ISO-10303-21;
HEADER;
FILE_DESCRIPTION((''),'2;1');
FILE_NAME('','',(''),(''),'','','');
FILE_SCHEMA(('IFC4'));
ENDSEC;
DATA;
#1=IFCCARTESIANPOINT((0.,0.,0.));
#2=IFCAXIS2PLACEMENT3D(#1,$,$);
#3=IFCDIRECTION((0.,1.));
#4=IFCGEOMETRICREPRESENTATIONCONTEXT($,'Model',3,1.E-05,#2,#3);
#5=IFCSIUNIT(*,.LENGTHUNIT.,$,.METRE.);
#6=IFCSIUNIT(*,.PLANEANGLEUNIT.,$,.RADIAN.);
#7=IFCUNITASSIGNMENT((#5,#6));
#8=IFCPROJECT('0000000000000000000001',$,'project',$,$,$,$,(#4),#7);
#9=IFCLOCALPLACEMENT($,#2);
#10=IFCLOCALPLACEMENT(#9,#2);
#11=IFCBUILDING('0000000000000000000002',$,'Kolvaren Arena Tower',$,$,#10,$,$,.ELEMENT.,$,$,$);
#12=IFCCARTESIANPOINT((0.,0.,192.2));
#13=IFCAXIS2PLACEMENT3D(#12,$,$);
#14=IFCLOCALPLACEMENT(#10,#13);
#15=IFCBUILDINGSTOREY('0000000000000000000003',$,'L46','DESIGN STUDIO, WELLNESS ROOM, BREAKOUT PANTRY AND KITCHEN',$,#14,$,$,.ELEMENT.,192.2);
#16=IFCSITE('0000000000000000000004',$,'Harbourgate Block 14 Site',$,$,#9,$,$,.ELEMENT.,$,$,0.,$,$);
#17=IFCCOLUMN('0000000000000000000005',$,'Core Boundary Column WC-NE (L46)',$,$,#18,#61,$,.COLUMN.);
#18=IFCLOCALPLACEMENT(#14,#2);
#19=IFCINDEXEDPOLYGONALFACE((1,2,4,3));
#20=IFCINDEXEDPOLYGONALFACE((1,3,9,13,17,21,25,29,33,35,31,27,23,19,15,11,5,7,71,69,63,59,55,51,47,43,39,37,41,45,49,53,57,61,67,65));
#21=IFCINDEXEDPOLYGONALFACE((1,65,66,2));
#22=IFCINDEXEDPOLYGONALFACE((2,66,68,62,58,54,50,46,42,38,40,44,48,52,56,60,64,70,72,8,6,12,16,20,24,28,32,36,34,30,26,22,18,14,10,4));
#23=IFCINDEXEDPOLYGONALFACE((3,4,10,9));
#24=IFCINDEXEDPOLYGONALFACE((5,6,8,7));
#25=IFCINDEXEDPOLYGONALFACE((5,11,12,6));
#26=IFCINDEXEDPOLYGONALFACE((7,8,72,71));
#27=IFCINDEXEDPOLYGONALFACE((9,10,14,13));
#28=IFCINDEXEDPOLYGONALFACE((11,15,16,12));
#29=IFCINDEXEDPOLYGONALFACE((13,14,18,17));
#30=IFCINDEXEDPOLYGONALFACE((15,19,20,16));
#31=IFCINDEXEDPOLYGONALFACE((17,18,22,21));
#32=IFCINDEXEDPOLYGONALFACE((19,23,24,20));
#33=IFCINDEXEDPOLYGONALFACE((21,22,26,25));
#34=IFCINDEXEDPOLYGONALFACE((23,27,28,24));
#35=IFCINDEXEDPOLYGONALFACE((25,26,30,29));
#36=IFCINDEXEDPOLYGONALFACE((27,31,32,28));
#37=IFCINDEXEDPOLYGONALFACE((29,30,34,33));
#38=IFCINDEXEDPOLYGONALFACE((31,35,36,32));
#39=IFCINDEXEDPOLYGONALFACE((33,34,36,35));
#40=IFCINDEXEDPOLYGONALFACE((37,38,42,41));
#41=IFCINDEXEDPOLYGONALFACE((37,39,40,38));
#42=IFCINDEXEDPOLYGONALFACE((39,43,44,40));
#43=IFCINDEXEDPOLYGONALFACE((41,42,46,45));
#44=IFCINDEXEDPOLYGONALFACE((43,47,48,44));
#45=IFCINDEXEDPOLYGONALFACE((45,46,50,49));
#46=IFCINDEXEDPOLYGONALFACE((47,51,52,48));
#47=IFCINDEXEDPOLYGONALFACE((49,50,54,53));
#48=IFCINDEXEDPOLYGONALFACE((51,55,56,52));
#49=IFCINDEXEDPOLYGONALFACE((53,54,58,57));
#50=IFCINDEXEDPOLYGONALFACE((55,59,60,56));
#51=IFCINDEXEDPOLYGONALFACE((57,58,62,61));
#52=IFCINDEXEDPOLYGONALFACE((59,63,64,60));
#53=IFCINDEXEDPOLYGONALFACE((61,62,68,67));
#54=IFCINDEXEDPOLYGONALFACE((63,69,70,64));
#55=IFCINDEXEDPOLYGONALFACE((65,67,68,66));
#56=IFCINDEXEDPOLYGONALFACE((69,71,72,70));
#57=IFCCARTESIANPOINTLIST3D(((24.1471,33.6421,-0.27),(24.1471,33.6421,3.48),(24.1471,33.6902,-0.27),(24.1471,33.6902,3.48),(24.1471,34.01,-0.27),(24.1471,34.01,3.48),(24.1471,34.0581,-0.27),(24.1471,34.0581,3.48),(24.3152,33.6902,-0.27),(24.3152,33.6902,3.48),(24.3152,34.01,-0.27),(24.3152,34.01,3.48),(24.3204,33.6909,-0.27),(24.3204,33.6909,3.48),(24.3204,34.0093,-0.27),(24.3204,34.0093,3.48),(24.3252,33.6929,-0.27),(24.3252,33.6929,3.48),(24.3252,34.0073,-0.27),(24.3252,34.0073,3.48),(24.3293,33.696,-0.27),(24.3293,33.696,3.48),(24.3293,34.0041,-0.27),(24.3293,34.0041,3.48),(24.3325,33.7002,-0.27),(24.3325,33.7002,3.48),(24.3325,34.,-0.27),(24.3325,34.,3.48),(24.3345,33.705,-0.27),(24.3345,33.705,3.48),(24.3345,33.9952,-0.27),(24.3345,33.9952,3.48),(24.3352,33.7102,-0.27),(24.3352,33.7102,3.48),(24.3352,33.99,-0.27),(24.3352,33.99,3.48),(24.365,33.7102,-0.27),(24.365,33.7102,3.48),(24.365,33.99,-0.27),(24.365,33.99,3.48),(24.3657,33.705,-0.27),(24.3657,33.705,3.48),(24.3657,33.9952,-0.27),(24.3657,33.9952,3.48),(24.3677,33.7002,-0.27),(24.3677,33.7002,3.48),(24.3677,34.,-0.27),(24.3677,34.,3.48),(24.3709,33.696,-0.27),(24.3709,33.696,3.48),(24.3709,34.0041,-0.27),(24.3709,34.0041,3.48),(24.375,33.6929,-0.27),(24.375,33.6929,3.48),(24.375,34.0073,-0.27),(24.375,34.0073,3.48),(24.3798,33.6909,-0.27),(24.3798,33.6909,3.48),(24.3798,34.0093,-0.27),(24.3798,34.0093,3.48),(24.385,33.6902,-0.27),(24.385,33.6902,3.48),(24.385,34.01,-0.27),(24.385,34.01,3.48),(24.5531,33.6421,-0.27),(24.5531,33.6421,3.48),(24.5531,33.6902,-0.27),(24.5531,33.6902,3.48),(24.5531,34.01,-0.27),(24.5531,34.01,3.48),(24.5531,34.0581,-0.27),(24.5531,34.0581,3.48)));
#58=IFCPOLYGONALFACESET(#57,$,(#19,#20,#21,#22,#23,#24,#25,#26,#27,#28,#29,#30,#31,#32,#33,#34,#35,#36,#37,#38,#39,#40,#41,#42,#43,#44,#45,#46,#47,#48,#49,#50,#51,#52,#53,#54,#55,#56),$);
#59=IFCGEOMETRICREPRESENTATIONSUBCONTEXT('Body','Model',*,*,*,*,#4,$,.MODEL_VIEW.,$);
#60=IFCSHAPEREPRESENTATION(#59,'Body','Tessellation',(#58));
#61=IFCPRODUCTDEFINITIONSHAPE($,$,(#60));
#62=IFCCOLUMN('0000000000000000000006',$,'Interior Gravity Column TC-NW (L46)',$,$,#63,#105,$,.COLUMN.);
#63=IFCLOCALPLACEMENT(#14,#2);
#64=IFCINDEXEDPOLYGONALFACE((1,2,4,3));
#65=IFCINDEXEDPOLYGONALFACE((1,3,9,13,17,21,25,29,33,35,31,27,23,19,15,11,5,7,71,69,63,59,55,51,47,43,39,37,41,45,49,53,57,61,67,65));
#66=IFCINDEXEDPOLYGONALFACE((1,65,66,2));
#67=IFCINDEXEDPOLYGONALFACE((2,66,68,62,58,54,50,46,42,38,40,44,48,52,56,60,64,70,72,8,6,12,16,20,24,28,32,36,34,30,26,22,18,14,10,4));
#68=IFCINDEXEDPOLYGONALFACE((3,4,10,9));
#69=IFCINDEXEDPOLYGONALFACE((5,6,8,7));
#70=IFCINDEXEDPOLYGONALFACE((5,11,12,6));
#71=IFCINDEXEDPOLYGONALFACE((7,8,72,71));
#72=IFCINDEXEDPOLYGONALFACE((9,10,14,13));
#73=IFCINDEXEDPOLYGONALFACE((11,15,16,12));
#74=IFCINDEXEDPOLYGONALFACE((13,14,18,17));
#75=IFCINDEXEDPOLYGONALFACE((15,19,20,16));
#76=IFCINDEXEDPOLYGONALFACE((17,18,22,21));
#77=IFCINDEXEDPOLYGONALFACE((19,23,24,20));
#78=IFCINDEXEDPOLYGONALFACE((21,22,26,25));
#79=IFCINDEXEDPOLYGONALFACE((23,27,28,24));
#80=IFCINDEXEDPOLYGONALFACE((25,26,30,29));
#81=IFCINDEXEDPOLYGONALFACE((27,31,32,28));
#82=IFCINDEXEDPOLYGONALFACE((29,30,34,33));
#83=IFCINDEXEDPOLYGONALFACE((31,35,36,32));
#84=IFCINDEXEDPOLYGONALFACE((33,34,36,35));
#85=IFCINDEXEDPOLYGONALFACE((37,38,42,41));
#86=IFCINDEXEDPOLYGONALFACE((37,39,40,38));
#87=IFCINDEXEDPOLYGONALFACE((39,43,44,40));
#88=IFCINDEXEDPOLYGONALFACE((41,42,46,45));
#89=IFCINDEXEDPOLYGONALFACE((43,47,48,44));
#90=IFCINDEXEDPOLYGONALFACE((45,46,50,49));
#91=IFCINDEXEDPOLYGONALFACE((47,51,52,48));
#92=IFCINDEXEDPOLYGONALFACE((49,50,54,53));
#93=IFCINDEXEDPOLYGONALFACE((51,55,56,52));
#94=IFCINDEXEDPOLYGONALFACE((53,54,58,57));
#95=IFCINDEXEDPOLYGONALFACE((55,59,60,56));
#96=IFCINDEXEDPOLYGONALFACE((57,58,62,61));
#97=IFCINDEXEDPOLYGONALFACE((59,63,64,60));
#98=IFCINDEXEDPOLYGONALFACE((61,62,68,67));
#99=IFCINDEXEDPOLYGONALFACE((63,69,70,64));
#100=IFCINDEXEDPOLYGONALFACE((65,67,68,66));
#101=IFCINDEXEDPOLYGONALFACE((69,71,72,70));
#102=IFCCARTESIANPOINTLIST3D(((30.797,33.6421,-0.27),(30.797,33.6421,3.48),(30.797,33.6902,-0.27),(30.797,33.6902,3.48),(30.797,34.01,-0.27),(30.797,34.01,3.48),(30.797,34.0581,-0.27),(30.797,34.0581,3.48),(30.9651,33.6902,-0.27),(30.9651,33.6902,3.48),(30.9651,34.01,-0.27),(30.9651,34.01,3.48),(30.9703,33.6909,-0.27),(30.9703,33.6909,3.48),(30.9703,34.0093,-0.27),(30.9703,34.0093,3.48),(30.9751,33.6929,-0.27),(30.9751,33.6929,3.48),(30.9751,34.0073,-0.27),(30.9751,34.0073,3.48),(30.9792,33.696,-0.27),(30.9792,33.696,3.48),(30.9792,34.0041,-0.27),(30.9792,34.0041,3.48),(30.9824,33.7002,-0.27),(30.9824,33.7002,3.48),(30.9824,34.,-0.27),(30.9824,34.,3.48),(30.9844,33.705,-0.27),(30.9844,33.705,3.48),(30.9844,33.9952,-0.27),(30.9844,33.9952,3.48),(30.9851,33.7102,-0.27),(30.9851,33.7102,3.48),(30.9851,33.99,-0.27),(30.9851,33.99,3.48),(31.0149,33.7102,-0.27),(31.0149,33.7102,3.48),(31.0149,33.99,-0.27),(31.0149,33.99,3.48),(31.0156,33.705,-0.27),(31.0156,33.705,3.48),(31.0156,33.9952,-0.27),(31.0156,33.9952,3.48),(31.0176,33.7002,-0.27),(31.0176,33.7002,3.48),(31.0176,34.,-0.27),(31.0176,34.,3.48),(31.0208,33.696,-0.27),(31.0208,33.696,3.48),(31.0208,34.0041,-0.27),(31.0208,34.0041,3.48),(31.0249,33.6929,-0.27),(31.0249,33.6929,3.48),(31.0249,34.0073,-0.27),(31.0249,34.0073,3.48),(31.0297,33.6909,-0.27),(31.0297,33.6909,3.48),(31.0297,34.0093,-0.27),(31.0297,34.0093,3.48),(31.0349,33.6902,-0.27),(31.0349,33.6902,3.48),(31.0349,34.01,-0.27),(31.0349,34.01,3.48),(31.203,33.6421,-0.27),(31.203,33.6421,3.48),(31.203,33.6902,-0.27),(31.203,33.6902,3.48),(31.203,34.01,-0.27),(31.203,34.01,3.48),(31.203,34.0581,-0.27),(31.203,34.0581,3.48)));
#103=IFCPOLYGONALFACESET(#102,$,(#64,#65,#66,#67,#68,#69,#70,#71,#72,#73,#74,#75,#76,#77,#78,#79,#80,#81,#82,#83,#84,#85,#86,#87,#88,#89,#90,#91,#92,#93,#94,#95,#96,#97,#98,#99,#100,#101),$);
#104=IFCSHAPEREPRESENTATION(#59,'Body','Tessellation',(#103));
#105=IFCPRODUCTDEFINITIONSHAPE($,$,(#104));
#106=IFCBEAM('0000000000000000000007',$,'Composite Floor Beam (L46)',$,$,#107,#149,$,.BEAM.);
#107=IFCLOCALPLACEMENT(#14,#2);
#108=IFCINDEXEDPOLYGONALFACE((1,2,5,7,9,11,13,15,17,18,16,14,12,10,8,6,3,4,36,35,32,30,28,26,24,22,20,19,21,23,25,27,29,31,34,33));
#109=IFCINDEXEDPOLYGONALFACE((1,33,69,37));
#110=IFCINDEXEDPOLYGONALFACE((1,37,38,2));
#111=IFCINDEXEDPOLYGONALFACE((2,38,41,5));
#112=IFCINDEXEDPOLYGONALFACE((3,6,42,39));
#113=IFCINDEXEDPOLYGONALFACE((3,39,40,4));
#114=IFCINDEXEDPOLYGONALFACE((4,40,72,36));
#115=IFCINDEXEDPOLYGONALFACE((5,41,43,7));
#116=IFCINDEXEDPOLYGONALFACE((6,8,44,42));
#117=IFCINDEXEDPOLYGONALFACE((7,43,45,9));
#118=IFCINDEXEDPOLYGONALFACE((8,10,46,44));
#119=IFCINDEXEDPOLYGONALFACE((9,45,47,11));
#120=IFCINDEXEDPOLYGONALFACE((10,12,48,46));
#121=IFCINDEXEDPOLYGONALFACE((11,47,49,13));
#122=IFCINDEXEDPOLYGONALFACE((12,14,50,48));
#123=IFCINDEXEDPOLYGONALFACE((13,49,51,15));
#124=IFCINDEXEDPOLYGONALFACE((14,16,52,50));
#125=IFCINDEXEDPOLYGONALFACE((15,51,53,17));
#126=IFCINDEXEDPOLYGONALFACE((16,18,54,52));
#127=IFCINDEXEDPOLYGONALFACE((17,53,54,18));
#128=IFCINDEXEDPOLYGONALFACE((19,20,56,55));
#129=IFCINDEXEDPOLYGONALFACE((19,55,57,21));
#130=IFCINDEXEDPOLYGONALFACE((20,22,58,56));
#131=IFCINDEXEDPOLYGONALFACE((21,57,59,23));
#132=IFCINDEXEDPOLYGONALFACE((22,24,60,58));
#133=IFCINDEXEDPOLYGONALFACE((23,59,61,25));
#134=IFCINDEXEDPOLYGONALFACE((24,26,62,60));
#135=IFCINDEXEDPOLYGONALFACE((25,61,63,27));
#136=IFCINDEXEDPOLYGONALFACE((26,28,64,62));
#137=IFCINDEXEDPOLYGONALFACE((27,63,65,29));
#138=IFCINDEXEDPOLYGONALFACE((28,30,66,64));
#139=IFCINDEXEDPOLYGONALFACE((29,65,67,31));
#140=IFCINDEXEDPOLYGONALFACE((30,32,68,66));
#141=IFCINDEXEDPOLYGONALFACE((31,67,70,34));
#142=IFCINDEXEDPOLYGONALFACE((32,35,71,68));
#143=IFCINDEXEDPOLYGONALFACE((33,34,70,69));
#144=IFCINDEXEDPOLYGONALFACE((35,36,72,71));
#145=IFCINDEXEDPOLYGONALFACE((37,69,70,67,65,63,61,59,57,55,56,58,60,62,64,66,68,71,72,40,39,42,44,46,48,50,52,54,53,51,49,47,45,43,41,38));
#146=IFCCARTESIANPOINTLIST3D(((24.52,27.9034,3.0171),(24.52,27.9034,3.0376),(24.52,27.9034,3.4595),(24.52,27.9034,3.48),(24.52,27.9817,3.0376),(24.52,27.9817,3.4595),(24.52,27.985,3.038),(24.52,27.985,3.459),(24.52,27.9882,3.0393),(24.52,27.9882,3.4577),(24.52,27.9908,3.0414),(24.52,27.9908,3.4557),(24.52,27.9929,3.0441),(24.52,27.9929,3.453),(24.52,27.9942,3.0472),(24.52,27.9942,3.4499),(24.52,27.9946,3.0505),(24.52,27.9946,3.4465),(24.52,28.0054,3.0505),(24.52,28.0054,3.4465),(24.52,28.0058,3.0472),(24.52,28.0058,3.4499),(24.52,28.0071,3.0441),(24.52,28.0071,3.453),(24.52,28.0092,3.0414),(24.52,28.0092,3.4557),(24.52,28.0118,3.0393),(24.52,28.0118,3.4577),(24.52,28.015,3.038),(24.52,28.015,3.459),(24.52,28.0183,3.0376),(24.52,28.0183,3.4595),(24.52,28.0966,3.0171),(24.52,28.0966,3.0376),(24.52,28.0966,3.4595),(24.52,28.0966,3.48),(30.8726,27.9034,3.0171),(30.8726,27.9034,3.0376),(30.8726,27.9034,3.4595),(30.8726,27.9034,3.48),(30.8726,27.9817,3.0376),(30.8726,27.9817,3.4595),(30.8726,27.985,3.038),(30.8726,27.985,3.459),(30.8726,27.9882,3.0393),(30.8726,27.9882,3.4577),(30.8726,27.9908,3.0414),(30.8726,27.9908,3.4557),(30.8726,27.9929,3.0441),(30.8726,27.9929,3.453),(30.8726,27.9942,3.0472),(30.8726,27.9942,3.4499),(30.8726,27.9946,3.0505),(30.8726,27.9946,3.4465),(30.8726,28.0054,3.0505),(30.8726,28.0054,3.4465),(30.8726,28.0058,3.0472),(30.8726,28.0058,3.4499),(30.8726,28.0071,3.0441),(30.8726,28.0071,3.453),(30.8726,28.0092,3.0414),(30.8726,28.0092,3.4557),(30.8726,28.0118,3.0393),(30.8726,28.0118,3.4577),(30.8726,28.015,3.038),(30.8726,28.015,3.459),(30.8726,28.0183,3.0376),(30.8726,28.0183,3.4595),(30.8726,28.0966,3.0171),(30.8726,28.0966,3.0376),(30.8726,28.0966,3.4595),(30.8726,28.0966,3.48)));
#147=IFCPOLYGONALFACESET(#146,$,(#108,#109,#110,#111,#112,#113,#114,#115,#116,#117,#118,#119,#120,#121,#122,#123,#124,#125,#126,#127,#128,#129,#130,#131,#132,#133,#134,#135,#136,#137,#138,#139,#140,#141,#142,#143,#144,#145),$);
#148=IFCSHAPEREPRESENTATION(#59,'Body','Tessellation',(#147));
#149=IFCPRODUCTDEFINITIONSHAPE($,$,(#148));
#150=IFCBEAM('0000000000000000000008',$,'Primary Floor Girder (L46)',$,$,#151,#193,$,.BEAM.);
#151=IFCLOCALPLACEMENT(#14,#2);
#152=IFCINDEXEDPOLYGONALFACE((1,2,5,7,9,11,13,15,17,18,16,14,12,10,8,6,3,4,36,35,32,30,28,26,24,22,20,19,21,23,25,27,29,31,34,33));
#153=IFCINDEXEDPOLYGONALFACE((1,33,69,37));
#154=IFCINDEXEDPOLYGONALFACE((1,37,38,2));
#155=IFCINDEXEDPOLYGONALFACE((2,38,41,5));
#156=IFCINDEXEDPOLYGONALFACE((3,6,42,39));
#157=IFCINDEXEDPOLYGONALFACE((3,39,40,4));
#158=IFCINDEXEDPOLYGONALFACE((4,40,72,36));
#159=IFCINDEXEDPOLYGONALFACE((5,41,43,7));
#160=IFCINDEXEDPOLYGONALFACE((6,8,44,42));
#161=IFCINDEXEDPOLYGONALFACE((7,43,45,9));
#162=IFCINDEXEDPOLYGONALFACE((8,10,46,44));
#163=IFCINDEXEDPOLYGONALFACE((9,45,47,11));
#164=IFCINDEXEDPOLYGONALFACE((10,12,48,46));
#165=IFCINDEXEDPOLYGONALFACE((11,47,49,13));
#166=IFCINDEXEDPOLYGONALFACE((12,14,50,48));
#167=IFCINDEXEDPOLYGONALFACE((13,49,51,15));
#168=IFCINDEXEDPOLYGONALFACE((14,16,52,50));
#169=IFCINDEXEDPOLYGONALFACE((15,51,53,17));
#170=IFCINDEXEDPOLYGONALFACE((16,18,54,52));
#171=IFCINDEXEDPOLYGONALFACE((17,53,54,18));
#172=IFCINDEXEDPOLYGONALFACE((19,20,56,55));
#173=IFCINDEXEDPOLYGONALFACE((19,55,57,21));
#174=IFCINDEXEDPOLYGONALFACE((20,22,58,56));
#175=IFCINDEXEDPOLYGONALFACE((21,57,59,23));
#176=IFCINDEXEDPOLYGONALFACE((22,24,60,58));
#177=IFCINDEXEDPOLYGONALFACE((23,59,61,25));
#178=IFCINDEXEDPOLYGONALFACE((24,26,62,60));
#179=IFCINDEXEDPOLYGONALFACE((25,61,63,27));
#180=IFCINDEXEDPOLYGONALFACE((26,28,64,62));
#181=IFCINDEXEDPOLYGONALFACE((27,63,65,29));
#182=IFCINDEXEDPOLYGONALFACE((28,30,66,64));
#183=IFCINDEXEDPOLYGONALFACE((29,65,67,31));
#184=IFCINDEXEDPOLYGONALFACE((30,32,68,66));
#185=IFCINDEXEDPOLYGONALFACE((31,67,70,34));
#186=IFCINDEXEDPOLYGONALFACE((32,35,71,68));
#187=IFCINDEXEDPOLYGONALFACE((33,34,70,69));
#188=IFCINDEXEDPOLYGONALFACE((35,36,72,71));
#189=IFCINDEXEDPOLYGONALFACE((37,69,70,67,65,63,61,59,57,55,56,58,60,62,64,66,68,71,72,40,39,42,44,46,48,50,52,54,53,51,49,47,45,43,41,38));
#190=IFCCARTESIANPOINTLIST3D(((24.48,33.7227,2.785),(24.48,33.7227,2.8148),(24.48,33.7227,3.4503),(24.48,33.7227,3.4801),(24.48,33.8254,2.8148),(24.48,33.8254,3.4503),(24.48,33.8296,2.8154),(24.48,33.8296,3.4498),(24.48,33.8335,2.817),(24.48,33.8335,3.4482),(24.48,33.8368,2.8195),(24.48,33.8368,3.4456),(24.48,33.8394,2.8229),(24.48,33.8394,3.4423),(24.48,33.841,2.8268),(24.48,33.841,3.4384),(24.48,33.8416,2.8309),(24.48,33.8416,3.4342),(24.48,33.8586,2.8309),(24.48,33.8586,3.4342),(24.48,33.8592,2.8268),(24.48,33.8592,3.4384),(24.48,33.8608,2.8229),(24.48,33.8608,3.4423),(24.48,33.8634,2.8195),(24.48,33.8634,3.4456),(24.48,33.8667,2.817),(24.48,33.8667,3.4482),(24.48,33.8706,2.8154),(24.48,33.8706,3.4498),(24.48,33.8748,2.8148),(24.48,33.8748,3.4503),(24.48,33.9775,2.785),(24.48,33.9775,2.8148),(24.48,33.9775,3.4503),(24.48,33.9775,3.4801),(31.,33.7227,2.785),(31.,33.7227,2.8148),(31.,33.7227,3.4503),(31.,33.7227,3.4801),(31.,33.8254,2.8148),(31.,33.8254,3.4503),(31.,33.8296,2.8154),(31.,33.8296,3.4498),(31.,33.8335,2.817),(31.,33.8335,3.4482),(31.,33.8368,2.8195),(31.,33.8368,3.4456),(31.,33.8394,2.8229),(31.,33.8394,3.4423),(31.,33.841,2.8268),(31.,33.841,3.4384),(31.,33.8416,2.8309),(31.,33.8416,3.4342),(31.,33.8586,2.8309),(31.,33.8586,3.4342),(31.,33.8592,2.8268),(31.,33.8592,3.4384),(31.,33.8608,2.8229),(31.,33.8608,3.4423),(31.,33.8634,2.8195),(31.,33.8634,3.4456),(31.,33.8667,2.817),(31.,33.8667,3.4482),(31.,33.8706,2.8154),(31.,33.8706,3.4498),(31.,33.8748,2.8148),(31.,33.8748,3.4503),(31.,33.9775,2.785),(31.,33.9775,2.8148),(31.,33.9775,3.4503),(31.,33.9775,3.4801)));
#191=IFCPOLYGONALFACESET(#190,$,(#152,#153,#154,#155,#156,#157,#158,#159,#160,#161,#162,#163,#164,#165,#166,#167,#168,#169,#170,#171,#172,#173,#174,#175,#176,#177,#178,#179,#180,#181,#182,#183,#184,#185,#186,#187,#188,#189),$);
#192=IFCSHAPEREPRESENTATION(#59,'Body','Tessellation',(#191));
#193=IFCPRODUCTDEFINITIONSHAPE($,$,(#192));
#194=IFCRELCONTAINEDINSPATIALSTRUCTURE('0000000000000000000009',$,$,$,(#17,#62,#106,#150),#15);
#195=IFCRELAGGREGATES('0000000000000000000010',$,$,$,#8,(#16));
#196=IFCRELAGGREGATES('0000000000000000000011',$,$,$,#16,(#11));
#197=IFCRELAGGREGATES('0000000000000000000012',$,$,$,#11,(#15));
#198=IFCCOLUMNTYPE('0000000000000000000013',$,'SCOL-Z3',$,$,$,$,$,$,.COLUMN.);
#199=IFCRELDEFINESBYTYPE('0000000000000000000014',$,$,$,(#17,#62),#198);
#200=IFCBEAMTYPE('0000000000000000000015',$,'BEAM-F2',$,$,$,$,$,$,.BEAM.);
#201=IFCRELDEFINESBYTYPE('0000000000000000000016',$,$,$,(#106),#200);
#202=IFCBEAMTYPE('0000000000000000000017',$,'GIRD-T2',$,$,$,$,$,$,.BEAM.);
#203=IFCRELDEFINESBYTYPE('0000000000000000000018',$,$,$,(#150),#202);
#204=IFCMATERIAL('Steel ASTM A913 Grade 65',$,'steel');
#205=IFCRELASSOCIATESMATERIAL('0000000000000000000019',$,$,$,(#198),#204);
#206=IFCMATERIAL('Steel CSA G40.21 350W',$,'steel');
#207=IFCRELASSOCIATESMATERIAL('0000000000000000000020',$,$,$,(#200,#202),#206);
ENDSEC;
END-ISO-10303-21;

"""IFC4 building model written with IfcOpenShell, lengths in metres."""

from ifc_helpers import new_model, si_unit, direction, frame, origin, origin_2d, place, context, subcontext, project, spatial, i_section, extrude, material, material_profile, profile_set, type_object, element, save


model = new_model("IFC4")

# Units and contexts
model_context = context("Model", 3, precision=1e-05, world=origin(), true_north=direction((0.0, 1.0)))
body_context = subcontext(model_context, "Body", "Model", "MODEL_VIEW")
ifc_project = project(units=[si_unit("LENGTHUNIT", "METRE"), si_unit("PLANEANGLEUNIT", "RADIAN")], contexts=[model_context])

# Site, building, storey
site_placement = place(None, origin())
site = spatial("IfcSite", under=ifc_project, at=site_placement, Name="Harbourgate Block 14 Site", CompositionType="ELEMENT", RefElevation=0.0)
building_placement = place(site_placement, origin())
building = spatial("IfcBuilding", under=site, at=building_placement, Name="Kolvaren Arena Tower", CompositionType="ELEMENT")
storey_placement = place(building_placement, frame((0.0, 0.0, 192.2)))
storey = spatial("IfcBuildingStorey", under=building, at=storey_placement, Name="L46", Description="DESIGN STUDIO, WELLNESS ROOM, BREAKOUT PANTRY AND KITCHEN", CompositionType="ELEMENT", Elevation=192.2)

# Columns
ifc_material_1 = material(Name="Steel ASTM A913 Grade 65", Category="steel")
ifc_material_profile_1 = material_profile(ifc_material_1, i_section(OverallWidth=0.406, OverallDepth=0.416, WebThickness=0.0298, FlangeThickness=0.0481, FilletRadius=0.02, at=origin_2d()), Name="W360x382")
ifc_profile_set_1 = profile_set([ifc_material_profile_1], Name="Steel ASTM A913 Grade 65")
column_type = type_object("IfcColumnType", Name="SCOL-Z3", PredefinedType="COLUMN", material=ifc_profile_set_1)
for number, where, z_axis, x_axis, name in (
    (1, (24.3501, 33.8501, -0.27), (0.0, 0.0, 1.0), (1.0, 0.0, 0.0), "Core Boundary Column WC-NE (L46)"),
    (2, (31.0, 33.8501, -0.27), (0.0, 0.0, 1.0), (1.0, 0.0, 0.0), "Interior Gravity Column TC-NW (L46)"),
):
    element("IfcColumn", number, at=place(storey_placement, frame(where, z_axis=z_axis, x_axis=x_axis)), inside=storey, type_object=column_type, Name=name, PredefinedType="COLUMN", context=body_context, shape_type="SweptSolid", body=[
        extrude(i_section(OverallWidth=0.406, OverallDepth=0.416, WebThickness=0.0298, FlangeThickness=0.0481, FilletRadius=0.02, at=origin_2d()), origin(), (0.0, 0.0, 1.0), 3.75),
    ])

# Beams
ifc_material_2 = material(Name="Steel CSA G40.21 350W", Category="steel")
ifc_material_profile_2 = material_profile(ifc_material_2, i_section(OverallWidth=0.1931, OverallDepth=0.4629, WebThickness=0.0107, FlangeThickness=0.0205, FilletRadius=0.0129, at=origin_2d()), Name="W460x113")
ifc_profile_set_2 = profile_set([ifc_material_profile_2], Name="Steel CSA G40.21 350W")
beam_type_1 = type_object("IfcBeamType", Name="BEAM-F2", PredefinedType="BEAM", material=ifc_profile_set_2)
beam_1_placement = place(storey_placement, frame((24.52, 28.0, 3.2485), z_axis=(1.0, 0.0, 0.0), x_axis=(0.0, 1.0, 0.0)))
element("IfcBeam", 3, at=beam_1_placement, inside=storey, type_object=beam_type_1, Name="Composite Floor Beam (L46)", PredefinedType="BEAM", context=body_context, shape_type="SweptSolid", body=[
    extrude(i_section(OverallWidth=0.1931, OverallDepth=0.4629, WebThickness=0.0107, FlangeThickness=0.0205, FilletRadius=0.0129, at=origin_2d()), origin(), (0.0, 0.0, 1.0), 6.3525),
])
ifc_material_profile_3 = material_profile(ifc_material_2, i_section(OverallWidth=0.2549, OverallDepth=0.6951, WebThickness=0.0171, FlangeThickness=0.0298, FilletRadius=0.0161, at=origin_2d()), Name="W690x217")
ifc_profile_set_3 = profile_set([ifc_material_profile_3], Name="Steel CSA G40.21 350W")
beam_type_2 = type_object("IfcBeamType", Name="GIRD-T2", PredefinedType="BEAM", material=ifc_profile_set_3)
beam_2_placement = place(storey_placement, frame((24.48, 33.8501, 3.1326), z_axis=(1.0, 0.0, 0.0), x_axis=(0.0, 1.0, 0.0)))
element("IfcBeam", 4, at=beam_2_placement, inside=storey, type_object=beam_type_2, Name="Primary Floor Girder (L46)", PredefinedType="BEAM", context=body_context, shape_type="SweptSolid", body=[
    extrude(i_section(OverallWidth=0.2549, OverallDepth=0.6951, WebThickness=0.0171, FlangeThickness=0.0298, FilletRadius=0.0161, at=origin_2d()), origin(), (0.0, 0.0, 1.0), 6.52),
])

save(model, "model.ifc")
